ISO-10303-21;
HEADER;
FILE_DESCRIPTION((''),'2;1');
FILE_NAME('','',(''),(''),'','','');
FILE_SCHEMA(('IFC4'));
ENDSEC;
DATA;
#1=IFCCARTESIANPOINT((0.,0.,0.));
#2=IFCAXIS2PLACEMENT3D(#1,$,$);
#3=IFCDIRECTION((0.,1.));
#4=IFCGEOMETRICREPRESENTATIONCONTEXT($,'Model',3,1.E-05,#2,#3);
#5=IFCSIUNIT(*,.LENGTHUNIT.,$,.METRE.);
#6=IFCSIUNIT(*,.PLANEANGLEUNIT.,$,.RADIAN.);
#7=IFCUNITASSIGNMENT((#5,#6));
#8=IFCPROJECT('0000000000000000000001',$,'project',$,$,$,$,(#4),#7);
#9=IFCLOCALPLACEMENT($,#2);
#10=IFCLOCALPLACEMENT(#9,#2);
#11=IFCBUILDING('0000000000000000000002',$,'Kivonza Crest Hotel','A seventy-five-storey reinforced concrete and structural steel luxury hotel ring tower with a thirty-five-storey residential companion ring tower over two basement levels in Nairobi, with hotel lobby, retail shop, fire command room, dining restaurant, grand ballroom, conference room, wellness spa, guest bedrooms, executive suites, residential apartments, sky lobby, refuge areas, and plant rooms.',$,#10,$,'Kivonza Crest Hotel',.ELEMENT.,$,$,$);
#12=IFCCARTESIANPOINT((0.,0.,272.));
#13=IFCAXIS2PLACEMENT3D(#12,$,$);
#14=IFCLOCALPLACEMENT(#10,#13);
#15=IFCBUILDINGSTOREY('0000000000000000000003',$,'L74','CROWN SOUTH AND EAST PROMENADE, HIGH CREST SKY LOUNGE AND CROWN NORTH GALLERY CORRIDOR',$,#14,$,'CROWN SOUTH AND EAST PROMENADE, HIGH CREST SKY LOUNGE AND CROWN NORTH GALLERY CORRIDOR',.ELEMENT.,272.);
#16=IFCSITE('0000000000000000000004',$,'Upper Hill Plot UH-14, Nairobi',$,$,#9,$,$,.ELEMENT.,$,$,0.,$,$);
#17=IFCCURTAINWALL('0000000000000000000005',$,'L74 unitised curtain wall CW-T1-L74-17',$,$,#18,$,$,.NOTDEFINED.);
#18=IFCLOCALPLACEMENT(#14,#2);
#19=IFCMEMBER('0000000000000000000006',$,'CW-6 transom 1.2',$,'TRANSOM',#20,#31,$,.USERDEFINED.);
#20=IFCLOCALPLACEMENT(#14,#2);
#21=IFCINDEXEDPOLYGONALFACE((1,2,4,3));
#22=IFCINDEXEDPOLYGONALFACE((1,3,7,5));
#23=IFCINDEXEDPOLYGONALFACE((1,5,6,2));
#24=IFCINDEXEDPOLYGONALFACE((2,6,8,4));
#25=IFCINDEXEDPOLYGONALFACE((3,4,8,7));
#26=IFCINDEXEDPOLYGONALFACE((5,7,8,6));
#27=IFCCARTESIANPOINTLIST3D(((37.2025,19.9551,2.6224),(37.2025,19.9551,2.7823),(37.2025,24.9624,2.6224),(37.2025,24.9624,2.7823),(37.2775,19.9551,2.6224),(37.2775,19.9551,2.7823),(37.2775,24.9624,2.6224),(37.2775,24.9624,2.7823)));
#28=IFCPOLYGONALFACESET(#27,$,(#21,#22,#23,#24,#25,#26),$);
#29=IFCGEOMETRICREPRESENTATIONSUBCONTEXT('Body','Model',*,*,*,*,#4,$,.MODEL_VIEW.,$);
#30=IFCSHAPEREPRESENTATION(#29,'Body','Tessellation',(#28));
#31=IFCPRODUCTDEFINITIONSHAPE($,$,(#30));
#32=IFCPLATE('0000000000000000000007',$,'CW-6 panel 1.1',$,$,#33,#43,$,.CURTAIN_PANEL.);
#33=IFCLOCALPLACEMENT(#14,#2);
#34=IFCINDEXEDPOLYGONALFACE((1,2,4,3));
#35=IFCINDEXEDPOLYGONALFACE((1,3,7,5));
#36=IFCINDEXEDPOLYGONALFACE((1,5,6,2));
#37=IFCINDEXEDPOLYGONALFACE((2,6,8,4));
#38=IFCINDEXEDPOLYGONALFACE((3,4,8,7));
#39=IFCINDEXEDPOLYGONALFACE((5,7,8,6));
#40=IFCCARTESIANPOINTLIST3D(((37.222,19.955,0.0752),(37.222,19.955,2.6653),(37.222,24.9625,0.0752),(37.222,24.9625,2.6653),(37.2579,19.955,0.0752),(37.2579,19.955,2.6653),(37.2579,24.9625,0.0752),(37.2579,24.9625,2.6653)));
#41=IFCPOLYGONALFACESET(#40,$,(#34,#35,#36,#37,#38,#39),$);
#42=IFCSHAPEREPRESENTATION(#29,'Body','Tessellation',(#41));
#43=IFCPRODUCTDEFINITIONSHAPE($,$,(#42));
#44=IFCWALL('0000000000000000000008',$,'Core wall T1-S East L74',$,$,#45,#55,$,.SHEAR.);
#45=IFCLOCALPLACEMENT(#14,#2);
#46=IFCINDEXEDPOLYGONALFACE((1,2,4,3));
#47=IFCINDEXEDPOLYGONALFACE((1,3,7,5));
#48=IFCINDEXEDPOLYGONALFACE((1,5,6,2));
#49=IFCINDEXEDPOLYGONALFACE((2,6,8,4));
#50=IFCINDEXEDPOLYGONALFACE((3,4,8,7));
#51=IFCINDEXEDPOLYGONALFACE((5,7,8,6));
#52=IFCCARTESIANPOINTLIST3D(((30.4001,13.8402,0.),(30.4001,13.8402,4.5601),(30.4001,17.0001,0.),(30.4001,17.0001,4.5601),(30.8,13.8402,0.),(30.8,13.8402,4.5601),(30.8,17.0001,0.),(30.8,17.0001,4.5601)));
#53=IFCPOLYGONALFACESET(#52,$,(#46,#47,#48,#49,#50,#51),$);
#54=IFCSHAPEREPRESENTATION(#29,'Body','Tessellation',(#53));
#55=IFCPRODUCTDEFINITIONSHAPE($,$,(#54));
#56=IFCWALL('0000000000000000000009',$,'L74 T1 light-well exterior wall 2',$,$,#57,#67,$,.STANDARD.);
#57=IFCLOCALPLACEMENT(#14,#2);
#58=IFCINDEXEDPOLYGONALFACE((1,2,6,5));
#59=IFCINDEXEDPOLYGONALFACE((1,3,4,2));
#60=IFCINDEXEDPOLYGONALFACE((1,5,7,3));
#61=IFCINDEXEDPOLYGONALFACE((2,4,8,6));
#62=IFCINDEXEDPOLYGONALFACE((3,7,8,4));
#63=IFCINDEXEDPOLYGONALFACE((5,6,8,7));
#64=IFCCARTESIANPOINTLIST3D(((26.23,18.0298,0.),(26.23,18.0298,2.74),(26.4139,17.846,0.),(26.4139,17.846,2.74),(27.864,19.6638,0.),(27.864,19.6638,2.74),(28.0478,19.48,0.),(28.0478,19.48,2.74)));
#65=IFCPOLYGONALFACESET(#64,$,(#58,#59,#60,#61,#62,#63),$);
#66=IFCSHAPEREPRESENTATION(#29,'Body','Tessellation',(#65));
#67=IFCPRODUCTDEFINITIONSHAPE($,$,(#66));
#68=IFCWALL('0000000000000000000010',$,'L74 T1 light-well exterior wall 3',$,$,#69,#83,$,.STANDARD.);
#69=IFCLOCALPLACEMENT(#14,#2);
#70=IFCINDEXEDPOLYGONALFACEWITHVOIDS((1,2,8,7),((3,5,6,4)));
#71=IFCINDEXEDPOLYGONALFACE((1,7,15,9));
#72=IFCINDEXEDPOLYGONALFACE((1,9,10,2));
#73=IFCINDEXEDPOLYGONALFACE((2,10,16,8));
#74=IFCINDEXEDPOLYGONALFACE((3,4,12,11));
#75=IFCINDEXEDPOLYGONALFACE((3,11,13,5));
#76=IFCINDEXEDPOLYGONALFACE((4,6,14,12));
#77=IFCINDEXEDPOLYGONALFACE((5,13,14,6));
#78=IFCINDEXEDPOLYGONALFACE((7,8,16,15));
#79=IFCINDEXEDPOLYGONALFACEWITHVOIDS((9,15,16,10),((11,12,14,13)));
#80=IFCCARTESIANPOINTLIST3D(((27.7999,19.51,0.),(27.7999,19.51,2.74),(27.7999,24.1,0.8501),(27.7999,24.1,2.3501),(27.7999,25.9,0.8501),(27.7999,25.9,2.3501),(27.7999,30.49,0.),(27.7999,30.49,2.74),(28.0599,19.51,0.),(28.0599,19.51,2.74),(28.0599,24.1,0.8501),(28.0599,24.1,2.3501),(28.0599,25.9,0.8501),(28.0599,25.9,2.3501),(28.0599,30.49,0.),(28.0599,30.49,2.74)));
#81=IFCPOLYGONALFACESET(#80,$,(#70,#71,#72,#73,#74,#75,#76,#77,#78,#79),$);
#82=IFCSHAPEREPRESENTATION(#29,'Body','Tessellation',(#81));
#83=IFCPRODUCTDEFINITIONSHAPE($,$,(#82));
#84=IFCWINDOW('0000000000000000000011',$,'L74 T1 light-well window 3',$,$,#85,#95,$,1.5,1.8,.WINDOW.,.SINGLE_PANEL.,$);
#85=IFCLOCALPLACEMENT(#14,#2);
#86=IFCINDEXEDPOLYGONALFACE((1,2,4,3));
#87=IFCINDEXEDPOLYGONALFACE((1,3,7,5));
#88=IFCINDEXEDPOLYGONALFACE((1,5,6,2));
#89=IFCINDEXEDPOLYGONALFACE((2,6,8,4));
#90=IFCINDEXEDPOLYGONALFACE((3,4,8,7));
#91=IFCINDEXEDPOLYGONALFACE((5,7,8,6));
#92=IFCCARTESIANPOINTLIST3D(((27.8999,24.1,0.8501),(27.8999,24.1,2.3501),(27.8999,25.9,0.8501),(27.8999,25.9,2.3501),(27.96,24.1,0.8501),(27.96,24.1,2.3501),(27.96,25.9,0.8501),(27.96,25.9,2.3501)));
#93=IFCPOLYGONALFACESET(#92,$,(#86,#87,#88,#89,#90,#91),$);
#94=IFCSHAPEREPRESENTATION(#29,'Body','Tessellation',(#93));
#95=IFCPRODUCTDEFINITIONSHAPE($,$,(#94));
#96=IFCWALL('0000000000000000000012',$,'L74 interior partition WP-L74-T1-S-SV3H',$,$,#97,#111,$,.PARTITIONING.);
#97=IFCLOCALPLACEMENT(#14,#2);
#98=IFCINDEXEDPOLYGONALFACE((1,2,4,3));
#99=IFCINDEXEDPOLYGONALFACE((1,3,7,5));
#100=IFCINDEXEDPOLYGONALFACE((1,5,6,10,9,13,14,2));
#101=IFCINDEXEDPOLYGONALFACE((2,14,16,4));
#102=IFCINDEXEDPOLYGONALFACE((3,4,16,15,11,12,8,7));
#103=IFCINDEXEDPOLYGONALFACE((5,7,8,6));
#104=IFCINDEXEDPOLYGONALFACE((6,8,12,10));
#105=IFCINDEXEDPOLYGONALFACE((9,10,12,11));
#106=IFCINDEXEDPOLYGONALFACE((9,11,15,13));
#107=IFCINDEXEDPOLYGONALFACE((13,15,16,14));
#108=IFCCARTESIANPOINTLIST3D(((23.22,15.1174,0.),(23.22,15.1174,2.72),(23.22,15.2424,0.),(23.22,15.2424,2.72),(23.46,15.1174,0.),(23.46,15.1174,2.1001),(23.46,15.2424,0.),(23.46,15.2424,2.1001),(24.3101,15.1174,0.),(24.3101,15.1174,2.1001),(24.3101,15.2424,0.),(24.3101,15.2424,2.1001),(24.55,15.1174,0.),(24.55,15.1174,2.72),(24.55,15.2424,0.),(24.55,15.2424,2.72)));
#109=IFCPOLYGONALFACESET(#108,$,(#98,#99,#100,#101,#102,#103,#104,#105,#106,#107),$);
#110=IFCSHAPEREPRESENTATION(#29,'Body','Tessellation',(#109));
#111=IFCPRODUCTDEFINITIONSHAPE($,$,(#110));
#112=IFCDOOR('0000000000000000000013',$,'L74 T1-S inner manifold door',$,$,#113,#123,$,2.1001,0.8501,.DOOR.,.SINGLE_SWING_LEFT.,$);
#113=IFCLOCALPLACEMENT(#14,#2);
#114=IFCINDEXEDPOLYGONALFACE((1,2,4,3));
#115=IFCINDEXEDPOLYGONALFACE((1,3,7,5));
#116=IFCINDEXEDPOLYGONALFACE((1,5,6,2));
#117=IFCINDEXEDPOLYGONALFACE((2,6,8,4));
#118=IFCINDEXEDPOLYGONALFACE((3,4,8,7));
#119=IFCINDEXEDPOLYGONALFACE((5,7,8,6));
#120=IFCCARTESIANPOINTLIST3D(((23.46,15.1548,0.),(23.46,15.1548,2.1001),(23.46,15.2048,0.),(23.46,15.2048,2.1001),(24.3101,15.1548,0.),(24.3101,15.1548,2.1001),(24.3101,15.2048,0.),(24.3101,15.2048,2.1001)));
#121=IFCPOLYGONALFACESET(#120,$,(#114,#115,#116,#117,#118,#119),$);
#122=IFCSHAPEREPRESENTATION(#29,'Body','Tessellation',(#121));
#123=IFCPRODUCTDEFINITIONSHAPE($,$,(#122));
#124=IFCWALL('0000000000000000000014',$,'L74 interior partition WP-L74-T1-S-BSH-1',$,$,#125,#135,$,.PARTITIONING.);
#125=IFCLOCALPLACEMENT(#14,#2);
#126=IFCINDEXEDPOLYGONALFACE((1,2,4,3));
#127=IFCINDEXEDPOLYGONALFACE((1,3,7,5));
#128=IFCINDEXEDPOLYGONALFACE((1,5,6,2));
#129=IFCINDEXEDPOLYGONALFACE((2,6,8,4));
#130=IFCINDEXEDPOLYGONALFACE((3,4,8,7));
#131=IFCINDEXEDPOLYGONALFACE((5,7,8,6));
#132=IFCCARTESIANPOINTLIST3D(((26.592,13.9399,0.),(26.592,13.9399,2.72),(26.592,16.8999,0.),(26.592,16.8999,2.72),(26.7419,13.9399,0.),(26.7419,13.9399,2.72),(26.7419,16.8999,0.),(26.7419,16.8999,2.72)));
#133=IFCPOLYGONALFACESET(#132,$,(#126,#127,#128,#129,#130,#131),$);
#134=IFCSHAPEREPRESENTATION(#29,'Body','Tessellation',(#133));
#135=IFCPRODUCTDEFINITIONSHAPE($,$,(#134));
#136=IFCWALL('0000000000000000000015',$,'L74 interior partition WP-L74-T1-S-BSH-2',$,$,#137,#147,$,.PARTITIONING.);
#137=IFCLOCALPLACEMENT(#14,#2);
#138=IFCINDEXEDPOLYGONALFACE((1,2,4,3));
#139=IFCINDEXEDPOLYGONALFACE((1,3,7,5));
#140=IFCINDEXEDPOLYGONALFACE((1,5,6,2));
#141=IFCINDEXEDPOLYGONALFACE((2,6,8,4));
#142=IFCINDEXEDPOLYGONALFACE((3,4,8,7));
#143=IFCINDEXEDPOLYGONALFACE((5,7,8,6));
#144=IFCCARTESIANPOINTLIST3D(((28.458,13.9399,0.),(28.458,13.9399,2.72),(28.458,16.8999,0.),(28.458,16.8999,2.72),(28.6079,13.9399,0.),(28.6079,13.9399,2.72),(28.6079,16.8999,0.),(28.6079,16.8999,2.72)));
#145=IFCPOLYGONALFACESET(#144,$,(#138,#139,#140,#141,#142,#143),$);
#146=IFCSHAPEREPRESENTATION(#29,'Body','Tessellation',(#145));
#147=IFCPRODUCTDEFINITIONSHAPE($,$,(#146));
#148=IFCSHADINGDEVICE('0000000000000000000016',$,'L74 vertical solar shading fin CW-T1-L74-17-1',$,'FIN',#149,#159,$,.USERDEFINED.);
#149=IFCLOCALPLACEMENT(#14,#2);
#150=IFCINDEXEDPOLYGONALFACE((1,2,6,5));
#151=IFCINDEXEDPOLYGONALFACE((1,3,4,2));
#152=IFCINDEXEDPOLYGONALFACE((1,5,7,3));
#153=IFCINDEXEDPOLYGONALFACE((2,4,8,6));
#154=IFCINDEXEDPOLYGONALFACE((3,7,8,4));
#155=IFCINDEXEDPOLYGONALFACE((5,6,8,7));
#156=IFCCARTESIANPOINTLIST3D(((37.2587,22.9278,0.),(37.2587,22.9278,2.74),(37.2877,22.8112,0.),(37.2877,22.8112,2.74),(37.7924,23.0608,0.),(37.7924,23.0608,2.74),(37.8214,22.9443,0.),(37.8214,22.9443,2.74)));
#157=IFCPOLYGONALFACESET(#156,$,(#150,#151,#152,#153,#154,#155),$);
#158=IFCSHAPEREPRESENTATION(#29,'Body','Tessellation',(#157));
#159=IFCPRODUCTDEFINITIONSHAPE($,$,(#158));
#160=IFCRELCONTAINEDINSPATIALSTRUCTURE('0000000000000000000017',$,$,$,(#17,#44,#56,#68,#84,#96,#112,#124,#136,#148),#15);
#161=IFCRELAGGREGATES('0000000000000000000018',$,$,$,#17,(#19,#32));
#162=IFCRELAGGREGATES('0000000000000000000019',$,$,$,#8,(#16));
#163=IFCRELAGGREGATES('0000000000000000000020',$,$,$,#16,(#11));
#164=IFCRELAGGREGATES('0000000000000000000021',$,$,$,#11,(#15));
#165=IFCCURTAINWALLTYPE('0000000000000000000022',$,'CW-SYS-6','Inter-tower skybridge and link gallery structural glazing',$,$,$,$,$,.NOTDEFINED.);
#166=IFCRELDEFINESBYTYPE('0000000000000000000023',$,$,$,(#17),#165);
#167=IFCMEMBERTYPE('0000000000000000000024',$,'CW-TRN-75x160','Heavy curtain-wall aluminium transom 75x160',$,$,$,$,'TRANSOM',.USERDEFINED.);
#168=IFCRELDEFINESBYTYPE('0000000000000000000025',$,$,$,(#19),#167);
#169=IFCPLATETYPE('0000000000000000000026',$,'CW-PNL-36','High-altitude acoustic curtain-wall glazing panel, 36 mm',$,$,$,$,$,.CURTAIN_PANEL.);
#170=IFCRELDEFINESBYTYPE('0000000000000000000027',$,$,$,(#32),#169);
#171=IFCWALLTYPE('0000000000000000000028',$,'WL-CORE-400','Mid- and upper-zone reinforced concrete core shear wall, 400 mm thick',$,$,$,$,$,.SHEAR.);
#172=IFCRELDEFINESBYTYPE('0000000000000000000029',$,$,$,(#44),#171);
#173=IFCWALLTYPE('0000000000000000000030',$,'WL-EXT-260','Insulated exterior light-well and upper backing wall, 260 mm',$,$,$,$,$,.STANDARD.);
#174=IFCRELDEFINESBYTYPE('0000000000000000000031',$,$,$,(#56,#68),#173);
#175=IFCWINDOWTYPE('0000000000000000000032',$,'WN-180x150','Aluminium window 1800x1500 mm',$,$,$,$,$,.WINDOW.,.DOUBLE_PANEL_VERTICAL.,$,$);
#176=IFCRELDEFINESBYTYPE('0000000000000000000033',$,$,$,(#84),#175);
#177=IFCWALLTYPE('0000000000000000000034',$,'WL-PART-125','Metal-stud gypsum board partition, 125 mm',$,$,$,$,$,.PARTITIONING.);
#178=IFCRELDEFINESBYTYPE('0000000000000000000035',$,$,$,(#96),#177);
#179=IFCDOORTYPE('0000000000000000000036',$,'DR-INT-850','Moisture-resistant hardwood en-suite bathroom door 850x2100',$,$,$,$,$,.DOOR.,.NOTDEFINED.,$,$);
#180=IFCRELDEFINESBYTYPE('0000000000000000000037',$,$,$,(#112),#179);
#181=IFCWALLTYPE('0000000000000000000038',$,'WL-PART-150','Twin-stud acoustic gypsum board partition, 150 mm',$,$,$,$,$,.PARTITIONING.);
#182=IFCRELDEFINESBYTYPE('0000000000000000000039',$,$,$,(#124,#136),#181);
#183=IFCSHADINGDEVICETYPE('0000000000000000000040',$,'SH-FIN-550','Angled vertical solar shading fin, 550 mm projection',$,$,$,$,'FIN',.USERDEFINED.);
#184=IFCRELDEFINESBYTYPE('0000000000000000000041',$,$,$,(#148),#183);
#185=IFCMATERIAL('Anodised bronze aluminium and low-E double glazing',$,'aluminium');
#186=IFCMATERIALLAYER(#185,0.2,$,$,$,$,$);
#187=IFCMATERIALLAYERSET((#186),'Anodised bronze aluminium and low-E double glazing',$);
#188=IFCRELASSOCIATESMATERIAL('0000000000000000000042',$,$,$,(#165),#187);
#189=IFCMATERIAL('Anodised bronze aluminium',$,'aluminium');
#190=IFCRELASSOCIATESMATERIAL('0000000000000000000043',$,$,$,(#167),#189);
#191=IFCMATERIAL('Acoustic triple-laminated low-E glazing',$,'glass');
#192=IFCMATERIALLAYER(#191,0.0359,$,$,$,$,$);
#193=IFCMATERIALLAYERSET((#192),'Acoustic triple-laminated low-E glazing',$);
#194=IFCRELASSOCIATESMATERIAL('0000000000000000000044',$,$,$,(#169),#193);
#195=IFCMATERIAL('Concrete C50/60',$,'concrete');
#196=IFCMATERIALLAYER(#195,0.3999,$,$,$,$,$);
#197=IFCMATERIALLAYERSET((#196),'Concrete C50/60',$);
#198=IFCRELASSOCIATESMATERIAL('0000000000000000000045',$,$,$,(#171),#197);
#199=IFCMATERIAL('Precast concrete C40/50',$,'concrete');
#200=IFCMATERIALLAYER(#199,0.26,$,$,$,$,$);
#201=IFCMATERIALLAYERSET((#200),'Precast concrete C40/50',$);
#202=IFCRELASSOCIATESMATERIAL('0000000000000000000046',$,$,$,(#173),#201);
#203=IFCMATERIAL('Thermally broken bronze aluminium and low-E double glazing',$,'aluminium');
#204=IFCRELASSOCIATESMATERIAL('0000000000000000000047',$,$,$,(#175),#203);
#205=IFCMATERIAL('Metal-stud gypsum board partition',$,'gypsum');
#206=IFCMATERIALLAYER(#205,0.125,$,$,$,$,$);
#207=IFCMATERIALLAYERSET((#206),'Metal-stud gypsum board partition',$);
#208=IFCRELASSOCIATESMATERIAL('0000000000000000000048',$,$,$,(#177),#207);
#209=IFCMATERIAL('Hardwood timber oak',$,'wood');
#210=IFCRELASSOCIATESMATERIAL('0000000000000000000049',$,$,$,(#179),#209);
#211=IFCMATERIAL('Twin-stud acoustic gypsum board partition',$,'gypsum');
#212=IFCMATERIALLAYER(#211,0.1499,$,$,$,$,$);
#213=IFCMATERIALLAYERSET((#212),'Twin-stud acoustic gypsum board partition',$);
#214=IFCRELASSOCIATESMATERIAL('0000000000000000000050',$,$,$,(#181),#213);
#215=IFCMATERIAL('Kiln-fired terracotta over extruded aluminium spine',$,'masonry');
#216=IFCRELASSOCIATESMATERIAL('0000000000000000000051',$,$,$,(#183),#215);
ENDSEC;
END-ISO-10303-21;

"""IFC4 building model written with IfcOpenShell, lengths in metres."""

from ifc_helpers import new_model, si_unit, direction, frame, frame_2d, origin, origin_2d, place, context, subcontext, project, spatial, rectangle, extrude, material, layer, layer_set, material_profile, profile_set, type_object, element, fill, aggregate, save


model = new_model("IFC4")

# Units and contexts
model_context = context("Model", 3, precision=1e-05, world=origin(), true_north=direction((0.0, 1.0)))
body_context = subcontext(model_context, "Body", "Model", "MODEL_VIEW")
ifc_project = project(units=[si_unit("LENGTHUNIT", "METRE"), si_unit("PLANEANGLEUNIT", "RADIAN")], contexts=[model_context])

# Site, building, storey
site_placement = place(None, origin())
site = spatial("IfcSite", under=ifc_project, at=site_placement, Name="Upper Hill Plot UH-14, Nairobi", CompositionType="ELEMENT", RefElevation=0.0)
building_placement = place(site_placement, origin())
building = spatial("IfcBuilding", under=site, at=building_placement, Name="Kivonza Crest Hotel", Description="A seventy-five-storey reinforced concrete and structural steel luxury hotel ring tower with a thirty-five-storey residential companion ring tower over two basement levels in Nairobi, with hotel lobby, retail shop, fire command room, dining restaurant, grand ballroom, conference room, wellness spa, guest bedrooms, executive suites, residential apartments, sky lobby, refuge areas, and plant rooms.", LongName="Kivonza Crest Hotel", CompositionType="ELEMENT")
storey_placement = place(building_placement, frame((0.0, 0.0, 272.0)))
storey = spatial("IfcBuildingStorey", under=building, at=storey_placement, Name="L74", Description="CROWN SOUTH AND EAST PROMENADE, HIGH CREST SKY LOUNGE AND CROWN NORTH GALLERY CORRIDOR", LongName="CROWN SOUTH AND EAST PROMENADE, HIGH CREST SKY LOUNGE AND CROWN NORTH GALLERY CORRIDOR", CompositionType="ELEMENT", Elevation=272.0)

# Shared definitions
ifc_material_1 = material(Name="Concrete C50/60", Category="concrete")

# Curtain wall, member, plate
ifc_material_2 = material(Name="Anodised bronze aluminium and low-E double glazing", Category="aluminium")
ifc_layer_1 = layer(ifc_material_2, 0.2)
ifc_layer_set_1 = layer_set([ifc_layer_1], Name="Anodised bronze aluminium and low-E double glazing")
curtain_wall_type = type_object("IfcCurtainWallType", Name="CW-SYS-6", Description="Inter-tower skybridge and link gallery structural glazing", PredefinedType="NOTDEFINED", material=ifc_layer_set_1)
curtain_wall_placement = place(storey_placement, origin())
curtain_wall = element("IfcCurtainWall", 1, at=curtain_wall_placement, inside=storey, type_object=curtain_wall_type, Name="L74 unitised curtain wall CW-T1-L74-17", PredefinedType="NOTDEFINED")
ifc_material_3 = material(Name="Anodised bronze aluminium", Category="aluminium")
ifc_material_profile_1 = material_profile(ifc_material_3, rectangle(XDim=0.075, YDim=0.1599, at=origin_2d()), Name="CW-T 75x160")
ifc_profile_set_1 = profile_set([ifc_material_profile_1], Name="Anodised bronze aluminium")
member_type_1 = type_object("IfcMemberType", Name="CW-TRN-75x160", Description="Heavy curtain-wall aluminium transom 75x160", ElementType="TRANSOM", PredefinedType="USERDEFINED", material=ifc_profile_set_1)
member_1_placement = place(storey_placement, frame((37.24, 19.9551, 2.7024), z_axis=(0.0, 1.0, 0.0), x_axis=(-1.0, 0.0, 0.0)))
member_1 = element("IfcMember", 2, at=member_1_placement, type_object=member_type_1, Name="CW-6 transom 1.2", ObjectType="TRANSOM", PredefinedType="USERDEFINED", context=body_context, shape_type="SweptSolid", body=[
    extrude(rectangle(XDim=0.075, YDim=0.1599, at=origin_2d()), origin(), (0.0, 0.0, 1.0), 5.0073),
])
ifc_material_4 = material(Name="Acoustic triple-laminated low-E glazing", Category="glass")
ifc_layer_2 = layer(ifc_material_4, 0.0359)
ifc_layer_set_2 = layer_set([ifc_layer_2], Name="Acoustic triple-laminated low-E glazing")
plate_type = type_object("IfcPlateType", Name="CW-PNL-36", Description="High-altitude acoustic curtain-wall glazing panel, 36 mm", PredefinedType="CURTAIN_PANEL", material=ifc_layer_set_2)
plate_placement = place(storey_placement, frame((37.24, 22.4587, 0.0752), z_axis=(0.0, 0.0, 1.0), x_axis=(0.0, 1.0, 0.0)))
plate = element("IfcPlate", 3, at=plate_placement, type_object=plate_type, Name="CW-6 panel 1.1", PredefinedType="CURTAIN_PANEL", context=body_context, shape_type="SweptSolid", body=[
    extrude(rectangle(XDim=5.0076, YDim=0.0359, at=origin_2d()), origin(), (0.0, 0.0, 1.0), 2.5901),
])
aggregate(curtain_wall, [member_1, plate])

# Walls
ifc_layer_3 = layer(ifc_material_1, 0.3999)
ifc_layer_set_3 = layer_set([ifc_layer_3], Name="Concrete C50/60")
wall_type_1 = type_object("IfcWallType", Name="WL-CORE-400", Description="Mid- and upper-zone reinforced concrete core shear wall, 400 mm thick", PredefinedType="SHEAR", material=ifc_layer_set_3)
wall_1_placement = place(storey_placement, frame((30.6001, 13.8401, 0.0), z_axis=(0.0, 0.0, 1.0), x_axis=(0.0, 1.0, 0.0)))
element("IfcWall", 4, at=wall_1_placement, inside=storey, type_object=wall_type_1, Name="Core wall T1-S East L74", PredefinedType="SHEAR", context=body_context, shape_type="SweptSolid", body=[
    extrude(rectangle(XDim=3.1599, YDim=0.3999, at=frame_2d((1.5801, 0.0))), origin(), (0.0, 0.0, 1.0), 4.5601),
])
ifc_material_5 = material(Name="Precast concrete C40/50", Category="concrete")
ifc_layer_4 = layer(ifc_material_5, 0.26)
ifc_layer_set_4 = layer_set([ifc_layer_4], Name="Precast concrete C40/50")
wall_type_2 = type_object("IfcWallType", Name="WL-EXT-260", Description="Insulated exterior light-well and upper backing wall, 260 mm", PredefinedType="STANDARD", material=ifc_layer_set_4)
wall_2_placement = place(storey_placement, frame((26.322, 17.938, 0.0), z_axis=(0.0, 0.0, 1.0), x_axis=(0.707107, 0.707107, 0.0)))
element("IfcWall", 5, at=wall_2_placement, inside=storey, type_object=wall_type_2, Name="L74 T1 light-well exterior wall 2", PredefinedType="STANDARD", context=body_context, shape_type="SweptSolid", body=[
    extrude(rectangle(XDim=2.3108, YDim=0.26, at=frame_2d((1.1553, 0.0))), origin(), (0.0, 0.0, 1.0), 2.74),
])

# Wall, opening, window
wall_3_placement = place(storey_placement, frame((27.9299, 19.51, 0.0), z_axis=(0.0, 0.0, 1.0), x_axis=(0.0, 1.0, 0.0)))
wall_3 = element("IfcWall", 6, at=wall_3_placement, inside=storey, type_object=wall_type_2, Name="L74 T1 light-well exterior wall 3", PredefinedType="STANDARD", context=body_context, shape_type="SweptSolid", body=[
    extrude(rectangle(XDim=10.98, YDim=0.26, at=frame_2d((5.49, 0.0))), origin(), (0.0, 0.0, 1.0), 2.74),
])
opening_1_placement = place(wall_3_placement, frame((4.5901, 0.0, 0.8501)))
opening_1 = element("IfcOpeningElement", 7, at=opening_1_placement, cuts=wall_3, PredefinedType="OPENING", context=body_context, shape_type="SweptSolid", body=[
    extrude(rectangle(XDim=1.8, YDim=1.5, at=frame_2d((0.8999, 0.75))), frame((0.0, 0.1401, 0.0), z_axis=(0.0, -1.0, 0.0), x_axis=(1.0, 0.0, 0.0)), (0.0, 0.0, 1.0), 0.28),
])
ifc_material_6 = material(Name="Thermally broken bronze aluminium and low-E double glazing", Category="aluminium")
window_type = type_object("IfcWindowType", Name="WN-180x150", Description="Aluminium window 1800x1500 mm", PartitioningType="DOUBLE_PANEL_VERTICAL", PredefinedType="WINDOW", material=ifc_material_6)
window_placement = place(opening_1_placement, origin())
window = element("IfcWindow", 8, at=window_placement, inside=storey, type_object=window_type, Name="L74 T1 light-well window 3", OverallHeight=1.5, OverallWidth=1.8, PartitioningType="SINGLE_PANEL", PredefinedType="WINDOW", context=body_context, shape_type="SweptSolid", body=[
    extrude(rectangle(XDim=1.8, YDim=1.5, at=frame_2d((0.8999, 0.75))), frame((0.0, 0.03, 0.0), z_axis=(0.0, -1.0, 0.0), x_axis=(1.0, 0.0, 0.0)), (0.0, 0.0, 1.0), 0.0601),
])
fill(opening_1, window)

# Wall, opening, door
ifc_material_7 = material(Name="Metal-stud gypsum board partition", Category="gypsum")
ifc_layer_5 = layer(ifc_material_7, 0.125)
ifc_layer_set_5 = layer_set([ifc_layer_5], Name="Metal-stud gypsum board partition")
wall_type_3 = type_object("IfcWallType", Name="WL-PART-125", Description="Metal-stud gypsum board partition, 125 mm", PredefinedType="PARTITIONING", material=ifc_layer_set_5)
wall_4_placement = place(storey_placement, frame((23.22, 15.1799, 0.0), z_axis=(0.0, 0.0, 1.0), x_axis=(1.0, 0.0, 0.0)))
wall_4 = element("IfcWall", 9, at=wall_4_placement, inside=storey, type_object=wall_type_3, Name="L74 interior partition WP-L74-T1-S-SV3H", PredefinedType="PARTITIONING", context=body_context, shape_type="SweptSolid", body=[
    extrude(rectangle(XDim=1.3301, YDim=0.125, at=frame_2d((0.665, 0.0))), origin(), (0.0, 0.0, 1.0), 2.72),
])
opening_2_placement = place(wall_4_placement, frame((0.24, 0.0, 0.0)))
opening_2 = element("IfcOpeningElement", 10, at=opening_2_placement, cuts=wall_4, PredefinedType="OPENING", context=body_context, shape_type="SweptSolid", body=[
    extrude(rectangle(XDim=0.8501, YDim=2.1001, at=frame_2d((0.425, 1.05))), frame((0.0, 0.0725, 0.0), z_axis=(0.0, -1.0, 0.0), x_axis=(1.0, 0.0, 0.0)), (0.0, 0.0, 1.0), 0.145),
])
ifc_material_8 = material(Name="Hardwood timber oak", Category="wood")
door_type = type_object("IfcDoorType", Name="DR-INT-850", Description="Moisture-resistant hardwood en-suite bathroom door 850x2100", OperationType="NOTDEFINED", PredefinedType="DOOR", material=ifc_material_8)
door_placement = place(opening_2_placement, origin())
door = element("IfcDoor", 11, at=door_placement, inside=storey, type_object=door_type, Name="L74 T1-S inner manifold door", OperationType="SINGLE_SWING_LEFT", OverallHeight=2.1001, OverallWidth=0.8501, PredefinedType="DOOR", context=body_context, shape_type="SweptSolid", body=[
    extrude(rectangle(XDim=0.8501, YDim=2.1001, at=frame_2d((0.425, 1.05))), frame((0.0, 0.0249, 0.0), z_axis=(0.0, -1.0, 0.0), x_axis=(1.0, 0.0, 0.0)), (0.0, 0.0, 1.0), 0.05),
])
fill(opening_2, door)

# Walls
ifc_material_9 = material(Name="Twin-stud acoustic gypsum board partition", Category="gypsum")
ifc_layer_6 = layer(ifc_material_9, 0.1499)
ifc_layer_set_6 = layer_set([ifc_layer_6], Name="Twin-stud acoustic gypsum board partition")
wall_type_4 = type_object("IfcWallType", Name="WL-PART-150", Description="Twin-stud acoustic gypsum board partition, 150 mm", PredefinedType="PARTITIONING", material=ifc_layer_set_6)
for number, where, z_axis, x_axis, name in (
    (12, (26.667, 13.9399, 0.0), (0.0, 0.0, 1.0), (0.0, 1.0, 0.0), "L74 interior partition WP-L74-T1-S-BSH-1"),
    (13, (28.533, 13.9399, 0.0), (0.0, 0.0, 1.0), (0.0, 1.0, 0.0), "L74 interior partition WP-L74-T1-S-BSH-2"),
):
    element("IfcWall", number, at=place(storey_placement, frame(where, z_axis=z_axis, x_axis=x_axis)), inside=storey, type_object=wall_type_4, Name=name, PredefinedType="PARTITIONING", context=body_context, shape_type="SweptSolid", body=[
        extrude(rectangle(XDim=2.96, YDim=0.1499, at=frame_2d((1.48, 0.0))), origin(), (0.0, 0.0, 1.0), 2.72),
    ])

# Shading device
ifc_material_10 = material(Name="Kiln-fired terracotta over extruded aluminium spine", Category="masonry")
shading_device_type = type_object("IfcShadingDeviceType", Name="SH-FIN-550", Description="Angled vertical solar shading fin, 550 mm projection", ElementType="FIN", PredefinedType="USERDEFINED", material=ifc_material_10)
shading_device_placement = place(storey_placement, frame((37.54, 22.936, 0.0), z_axis=(0.0, 0.0, 1.0), x_axis=(-0.241922, 0.970296, 0.0)))
element("IfcShadingDevice", 14, at=shading_device_placement, inside=storey, type_object=shading_device_type, Name="L74 vertical solar shading fin CW-T1-L74-17-1", ObjectType="FIN", PredefinedType="USERDEFINED", context=body_context, shape_type="SweptSolid", body=[
    extrude(rectangle(XDim=0.1201, YDim=0.55, at=origin_2d()), origin(), (0.0, 0.0, 1.0), 2.74),
])

save(model, "model.ifc")
